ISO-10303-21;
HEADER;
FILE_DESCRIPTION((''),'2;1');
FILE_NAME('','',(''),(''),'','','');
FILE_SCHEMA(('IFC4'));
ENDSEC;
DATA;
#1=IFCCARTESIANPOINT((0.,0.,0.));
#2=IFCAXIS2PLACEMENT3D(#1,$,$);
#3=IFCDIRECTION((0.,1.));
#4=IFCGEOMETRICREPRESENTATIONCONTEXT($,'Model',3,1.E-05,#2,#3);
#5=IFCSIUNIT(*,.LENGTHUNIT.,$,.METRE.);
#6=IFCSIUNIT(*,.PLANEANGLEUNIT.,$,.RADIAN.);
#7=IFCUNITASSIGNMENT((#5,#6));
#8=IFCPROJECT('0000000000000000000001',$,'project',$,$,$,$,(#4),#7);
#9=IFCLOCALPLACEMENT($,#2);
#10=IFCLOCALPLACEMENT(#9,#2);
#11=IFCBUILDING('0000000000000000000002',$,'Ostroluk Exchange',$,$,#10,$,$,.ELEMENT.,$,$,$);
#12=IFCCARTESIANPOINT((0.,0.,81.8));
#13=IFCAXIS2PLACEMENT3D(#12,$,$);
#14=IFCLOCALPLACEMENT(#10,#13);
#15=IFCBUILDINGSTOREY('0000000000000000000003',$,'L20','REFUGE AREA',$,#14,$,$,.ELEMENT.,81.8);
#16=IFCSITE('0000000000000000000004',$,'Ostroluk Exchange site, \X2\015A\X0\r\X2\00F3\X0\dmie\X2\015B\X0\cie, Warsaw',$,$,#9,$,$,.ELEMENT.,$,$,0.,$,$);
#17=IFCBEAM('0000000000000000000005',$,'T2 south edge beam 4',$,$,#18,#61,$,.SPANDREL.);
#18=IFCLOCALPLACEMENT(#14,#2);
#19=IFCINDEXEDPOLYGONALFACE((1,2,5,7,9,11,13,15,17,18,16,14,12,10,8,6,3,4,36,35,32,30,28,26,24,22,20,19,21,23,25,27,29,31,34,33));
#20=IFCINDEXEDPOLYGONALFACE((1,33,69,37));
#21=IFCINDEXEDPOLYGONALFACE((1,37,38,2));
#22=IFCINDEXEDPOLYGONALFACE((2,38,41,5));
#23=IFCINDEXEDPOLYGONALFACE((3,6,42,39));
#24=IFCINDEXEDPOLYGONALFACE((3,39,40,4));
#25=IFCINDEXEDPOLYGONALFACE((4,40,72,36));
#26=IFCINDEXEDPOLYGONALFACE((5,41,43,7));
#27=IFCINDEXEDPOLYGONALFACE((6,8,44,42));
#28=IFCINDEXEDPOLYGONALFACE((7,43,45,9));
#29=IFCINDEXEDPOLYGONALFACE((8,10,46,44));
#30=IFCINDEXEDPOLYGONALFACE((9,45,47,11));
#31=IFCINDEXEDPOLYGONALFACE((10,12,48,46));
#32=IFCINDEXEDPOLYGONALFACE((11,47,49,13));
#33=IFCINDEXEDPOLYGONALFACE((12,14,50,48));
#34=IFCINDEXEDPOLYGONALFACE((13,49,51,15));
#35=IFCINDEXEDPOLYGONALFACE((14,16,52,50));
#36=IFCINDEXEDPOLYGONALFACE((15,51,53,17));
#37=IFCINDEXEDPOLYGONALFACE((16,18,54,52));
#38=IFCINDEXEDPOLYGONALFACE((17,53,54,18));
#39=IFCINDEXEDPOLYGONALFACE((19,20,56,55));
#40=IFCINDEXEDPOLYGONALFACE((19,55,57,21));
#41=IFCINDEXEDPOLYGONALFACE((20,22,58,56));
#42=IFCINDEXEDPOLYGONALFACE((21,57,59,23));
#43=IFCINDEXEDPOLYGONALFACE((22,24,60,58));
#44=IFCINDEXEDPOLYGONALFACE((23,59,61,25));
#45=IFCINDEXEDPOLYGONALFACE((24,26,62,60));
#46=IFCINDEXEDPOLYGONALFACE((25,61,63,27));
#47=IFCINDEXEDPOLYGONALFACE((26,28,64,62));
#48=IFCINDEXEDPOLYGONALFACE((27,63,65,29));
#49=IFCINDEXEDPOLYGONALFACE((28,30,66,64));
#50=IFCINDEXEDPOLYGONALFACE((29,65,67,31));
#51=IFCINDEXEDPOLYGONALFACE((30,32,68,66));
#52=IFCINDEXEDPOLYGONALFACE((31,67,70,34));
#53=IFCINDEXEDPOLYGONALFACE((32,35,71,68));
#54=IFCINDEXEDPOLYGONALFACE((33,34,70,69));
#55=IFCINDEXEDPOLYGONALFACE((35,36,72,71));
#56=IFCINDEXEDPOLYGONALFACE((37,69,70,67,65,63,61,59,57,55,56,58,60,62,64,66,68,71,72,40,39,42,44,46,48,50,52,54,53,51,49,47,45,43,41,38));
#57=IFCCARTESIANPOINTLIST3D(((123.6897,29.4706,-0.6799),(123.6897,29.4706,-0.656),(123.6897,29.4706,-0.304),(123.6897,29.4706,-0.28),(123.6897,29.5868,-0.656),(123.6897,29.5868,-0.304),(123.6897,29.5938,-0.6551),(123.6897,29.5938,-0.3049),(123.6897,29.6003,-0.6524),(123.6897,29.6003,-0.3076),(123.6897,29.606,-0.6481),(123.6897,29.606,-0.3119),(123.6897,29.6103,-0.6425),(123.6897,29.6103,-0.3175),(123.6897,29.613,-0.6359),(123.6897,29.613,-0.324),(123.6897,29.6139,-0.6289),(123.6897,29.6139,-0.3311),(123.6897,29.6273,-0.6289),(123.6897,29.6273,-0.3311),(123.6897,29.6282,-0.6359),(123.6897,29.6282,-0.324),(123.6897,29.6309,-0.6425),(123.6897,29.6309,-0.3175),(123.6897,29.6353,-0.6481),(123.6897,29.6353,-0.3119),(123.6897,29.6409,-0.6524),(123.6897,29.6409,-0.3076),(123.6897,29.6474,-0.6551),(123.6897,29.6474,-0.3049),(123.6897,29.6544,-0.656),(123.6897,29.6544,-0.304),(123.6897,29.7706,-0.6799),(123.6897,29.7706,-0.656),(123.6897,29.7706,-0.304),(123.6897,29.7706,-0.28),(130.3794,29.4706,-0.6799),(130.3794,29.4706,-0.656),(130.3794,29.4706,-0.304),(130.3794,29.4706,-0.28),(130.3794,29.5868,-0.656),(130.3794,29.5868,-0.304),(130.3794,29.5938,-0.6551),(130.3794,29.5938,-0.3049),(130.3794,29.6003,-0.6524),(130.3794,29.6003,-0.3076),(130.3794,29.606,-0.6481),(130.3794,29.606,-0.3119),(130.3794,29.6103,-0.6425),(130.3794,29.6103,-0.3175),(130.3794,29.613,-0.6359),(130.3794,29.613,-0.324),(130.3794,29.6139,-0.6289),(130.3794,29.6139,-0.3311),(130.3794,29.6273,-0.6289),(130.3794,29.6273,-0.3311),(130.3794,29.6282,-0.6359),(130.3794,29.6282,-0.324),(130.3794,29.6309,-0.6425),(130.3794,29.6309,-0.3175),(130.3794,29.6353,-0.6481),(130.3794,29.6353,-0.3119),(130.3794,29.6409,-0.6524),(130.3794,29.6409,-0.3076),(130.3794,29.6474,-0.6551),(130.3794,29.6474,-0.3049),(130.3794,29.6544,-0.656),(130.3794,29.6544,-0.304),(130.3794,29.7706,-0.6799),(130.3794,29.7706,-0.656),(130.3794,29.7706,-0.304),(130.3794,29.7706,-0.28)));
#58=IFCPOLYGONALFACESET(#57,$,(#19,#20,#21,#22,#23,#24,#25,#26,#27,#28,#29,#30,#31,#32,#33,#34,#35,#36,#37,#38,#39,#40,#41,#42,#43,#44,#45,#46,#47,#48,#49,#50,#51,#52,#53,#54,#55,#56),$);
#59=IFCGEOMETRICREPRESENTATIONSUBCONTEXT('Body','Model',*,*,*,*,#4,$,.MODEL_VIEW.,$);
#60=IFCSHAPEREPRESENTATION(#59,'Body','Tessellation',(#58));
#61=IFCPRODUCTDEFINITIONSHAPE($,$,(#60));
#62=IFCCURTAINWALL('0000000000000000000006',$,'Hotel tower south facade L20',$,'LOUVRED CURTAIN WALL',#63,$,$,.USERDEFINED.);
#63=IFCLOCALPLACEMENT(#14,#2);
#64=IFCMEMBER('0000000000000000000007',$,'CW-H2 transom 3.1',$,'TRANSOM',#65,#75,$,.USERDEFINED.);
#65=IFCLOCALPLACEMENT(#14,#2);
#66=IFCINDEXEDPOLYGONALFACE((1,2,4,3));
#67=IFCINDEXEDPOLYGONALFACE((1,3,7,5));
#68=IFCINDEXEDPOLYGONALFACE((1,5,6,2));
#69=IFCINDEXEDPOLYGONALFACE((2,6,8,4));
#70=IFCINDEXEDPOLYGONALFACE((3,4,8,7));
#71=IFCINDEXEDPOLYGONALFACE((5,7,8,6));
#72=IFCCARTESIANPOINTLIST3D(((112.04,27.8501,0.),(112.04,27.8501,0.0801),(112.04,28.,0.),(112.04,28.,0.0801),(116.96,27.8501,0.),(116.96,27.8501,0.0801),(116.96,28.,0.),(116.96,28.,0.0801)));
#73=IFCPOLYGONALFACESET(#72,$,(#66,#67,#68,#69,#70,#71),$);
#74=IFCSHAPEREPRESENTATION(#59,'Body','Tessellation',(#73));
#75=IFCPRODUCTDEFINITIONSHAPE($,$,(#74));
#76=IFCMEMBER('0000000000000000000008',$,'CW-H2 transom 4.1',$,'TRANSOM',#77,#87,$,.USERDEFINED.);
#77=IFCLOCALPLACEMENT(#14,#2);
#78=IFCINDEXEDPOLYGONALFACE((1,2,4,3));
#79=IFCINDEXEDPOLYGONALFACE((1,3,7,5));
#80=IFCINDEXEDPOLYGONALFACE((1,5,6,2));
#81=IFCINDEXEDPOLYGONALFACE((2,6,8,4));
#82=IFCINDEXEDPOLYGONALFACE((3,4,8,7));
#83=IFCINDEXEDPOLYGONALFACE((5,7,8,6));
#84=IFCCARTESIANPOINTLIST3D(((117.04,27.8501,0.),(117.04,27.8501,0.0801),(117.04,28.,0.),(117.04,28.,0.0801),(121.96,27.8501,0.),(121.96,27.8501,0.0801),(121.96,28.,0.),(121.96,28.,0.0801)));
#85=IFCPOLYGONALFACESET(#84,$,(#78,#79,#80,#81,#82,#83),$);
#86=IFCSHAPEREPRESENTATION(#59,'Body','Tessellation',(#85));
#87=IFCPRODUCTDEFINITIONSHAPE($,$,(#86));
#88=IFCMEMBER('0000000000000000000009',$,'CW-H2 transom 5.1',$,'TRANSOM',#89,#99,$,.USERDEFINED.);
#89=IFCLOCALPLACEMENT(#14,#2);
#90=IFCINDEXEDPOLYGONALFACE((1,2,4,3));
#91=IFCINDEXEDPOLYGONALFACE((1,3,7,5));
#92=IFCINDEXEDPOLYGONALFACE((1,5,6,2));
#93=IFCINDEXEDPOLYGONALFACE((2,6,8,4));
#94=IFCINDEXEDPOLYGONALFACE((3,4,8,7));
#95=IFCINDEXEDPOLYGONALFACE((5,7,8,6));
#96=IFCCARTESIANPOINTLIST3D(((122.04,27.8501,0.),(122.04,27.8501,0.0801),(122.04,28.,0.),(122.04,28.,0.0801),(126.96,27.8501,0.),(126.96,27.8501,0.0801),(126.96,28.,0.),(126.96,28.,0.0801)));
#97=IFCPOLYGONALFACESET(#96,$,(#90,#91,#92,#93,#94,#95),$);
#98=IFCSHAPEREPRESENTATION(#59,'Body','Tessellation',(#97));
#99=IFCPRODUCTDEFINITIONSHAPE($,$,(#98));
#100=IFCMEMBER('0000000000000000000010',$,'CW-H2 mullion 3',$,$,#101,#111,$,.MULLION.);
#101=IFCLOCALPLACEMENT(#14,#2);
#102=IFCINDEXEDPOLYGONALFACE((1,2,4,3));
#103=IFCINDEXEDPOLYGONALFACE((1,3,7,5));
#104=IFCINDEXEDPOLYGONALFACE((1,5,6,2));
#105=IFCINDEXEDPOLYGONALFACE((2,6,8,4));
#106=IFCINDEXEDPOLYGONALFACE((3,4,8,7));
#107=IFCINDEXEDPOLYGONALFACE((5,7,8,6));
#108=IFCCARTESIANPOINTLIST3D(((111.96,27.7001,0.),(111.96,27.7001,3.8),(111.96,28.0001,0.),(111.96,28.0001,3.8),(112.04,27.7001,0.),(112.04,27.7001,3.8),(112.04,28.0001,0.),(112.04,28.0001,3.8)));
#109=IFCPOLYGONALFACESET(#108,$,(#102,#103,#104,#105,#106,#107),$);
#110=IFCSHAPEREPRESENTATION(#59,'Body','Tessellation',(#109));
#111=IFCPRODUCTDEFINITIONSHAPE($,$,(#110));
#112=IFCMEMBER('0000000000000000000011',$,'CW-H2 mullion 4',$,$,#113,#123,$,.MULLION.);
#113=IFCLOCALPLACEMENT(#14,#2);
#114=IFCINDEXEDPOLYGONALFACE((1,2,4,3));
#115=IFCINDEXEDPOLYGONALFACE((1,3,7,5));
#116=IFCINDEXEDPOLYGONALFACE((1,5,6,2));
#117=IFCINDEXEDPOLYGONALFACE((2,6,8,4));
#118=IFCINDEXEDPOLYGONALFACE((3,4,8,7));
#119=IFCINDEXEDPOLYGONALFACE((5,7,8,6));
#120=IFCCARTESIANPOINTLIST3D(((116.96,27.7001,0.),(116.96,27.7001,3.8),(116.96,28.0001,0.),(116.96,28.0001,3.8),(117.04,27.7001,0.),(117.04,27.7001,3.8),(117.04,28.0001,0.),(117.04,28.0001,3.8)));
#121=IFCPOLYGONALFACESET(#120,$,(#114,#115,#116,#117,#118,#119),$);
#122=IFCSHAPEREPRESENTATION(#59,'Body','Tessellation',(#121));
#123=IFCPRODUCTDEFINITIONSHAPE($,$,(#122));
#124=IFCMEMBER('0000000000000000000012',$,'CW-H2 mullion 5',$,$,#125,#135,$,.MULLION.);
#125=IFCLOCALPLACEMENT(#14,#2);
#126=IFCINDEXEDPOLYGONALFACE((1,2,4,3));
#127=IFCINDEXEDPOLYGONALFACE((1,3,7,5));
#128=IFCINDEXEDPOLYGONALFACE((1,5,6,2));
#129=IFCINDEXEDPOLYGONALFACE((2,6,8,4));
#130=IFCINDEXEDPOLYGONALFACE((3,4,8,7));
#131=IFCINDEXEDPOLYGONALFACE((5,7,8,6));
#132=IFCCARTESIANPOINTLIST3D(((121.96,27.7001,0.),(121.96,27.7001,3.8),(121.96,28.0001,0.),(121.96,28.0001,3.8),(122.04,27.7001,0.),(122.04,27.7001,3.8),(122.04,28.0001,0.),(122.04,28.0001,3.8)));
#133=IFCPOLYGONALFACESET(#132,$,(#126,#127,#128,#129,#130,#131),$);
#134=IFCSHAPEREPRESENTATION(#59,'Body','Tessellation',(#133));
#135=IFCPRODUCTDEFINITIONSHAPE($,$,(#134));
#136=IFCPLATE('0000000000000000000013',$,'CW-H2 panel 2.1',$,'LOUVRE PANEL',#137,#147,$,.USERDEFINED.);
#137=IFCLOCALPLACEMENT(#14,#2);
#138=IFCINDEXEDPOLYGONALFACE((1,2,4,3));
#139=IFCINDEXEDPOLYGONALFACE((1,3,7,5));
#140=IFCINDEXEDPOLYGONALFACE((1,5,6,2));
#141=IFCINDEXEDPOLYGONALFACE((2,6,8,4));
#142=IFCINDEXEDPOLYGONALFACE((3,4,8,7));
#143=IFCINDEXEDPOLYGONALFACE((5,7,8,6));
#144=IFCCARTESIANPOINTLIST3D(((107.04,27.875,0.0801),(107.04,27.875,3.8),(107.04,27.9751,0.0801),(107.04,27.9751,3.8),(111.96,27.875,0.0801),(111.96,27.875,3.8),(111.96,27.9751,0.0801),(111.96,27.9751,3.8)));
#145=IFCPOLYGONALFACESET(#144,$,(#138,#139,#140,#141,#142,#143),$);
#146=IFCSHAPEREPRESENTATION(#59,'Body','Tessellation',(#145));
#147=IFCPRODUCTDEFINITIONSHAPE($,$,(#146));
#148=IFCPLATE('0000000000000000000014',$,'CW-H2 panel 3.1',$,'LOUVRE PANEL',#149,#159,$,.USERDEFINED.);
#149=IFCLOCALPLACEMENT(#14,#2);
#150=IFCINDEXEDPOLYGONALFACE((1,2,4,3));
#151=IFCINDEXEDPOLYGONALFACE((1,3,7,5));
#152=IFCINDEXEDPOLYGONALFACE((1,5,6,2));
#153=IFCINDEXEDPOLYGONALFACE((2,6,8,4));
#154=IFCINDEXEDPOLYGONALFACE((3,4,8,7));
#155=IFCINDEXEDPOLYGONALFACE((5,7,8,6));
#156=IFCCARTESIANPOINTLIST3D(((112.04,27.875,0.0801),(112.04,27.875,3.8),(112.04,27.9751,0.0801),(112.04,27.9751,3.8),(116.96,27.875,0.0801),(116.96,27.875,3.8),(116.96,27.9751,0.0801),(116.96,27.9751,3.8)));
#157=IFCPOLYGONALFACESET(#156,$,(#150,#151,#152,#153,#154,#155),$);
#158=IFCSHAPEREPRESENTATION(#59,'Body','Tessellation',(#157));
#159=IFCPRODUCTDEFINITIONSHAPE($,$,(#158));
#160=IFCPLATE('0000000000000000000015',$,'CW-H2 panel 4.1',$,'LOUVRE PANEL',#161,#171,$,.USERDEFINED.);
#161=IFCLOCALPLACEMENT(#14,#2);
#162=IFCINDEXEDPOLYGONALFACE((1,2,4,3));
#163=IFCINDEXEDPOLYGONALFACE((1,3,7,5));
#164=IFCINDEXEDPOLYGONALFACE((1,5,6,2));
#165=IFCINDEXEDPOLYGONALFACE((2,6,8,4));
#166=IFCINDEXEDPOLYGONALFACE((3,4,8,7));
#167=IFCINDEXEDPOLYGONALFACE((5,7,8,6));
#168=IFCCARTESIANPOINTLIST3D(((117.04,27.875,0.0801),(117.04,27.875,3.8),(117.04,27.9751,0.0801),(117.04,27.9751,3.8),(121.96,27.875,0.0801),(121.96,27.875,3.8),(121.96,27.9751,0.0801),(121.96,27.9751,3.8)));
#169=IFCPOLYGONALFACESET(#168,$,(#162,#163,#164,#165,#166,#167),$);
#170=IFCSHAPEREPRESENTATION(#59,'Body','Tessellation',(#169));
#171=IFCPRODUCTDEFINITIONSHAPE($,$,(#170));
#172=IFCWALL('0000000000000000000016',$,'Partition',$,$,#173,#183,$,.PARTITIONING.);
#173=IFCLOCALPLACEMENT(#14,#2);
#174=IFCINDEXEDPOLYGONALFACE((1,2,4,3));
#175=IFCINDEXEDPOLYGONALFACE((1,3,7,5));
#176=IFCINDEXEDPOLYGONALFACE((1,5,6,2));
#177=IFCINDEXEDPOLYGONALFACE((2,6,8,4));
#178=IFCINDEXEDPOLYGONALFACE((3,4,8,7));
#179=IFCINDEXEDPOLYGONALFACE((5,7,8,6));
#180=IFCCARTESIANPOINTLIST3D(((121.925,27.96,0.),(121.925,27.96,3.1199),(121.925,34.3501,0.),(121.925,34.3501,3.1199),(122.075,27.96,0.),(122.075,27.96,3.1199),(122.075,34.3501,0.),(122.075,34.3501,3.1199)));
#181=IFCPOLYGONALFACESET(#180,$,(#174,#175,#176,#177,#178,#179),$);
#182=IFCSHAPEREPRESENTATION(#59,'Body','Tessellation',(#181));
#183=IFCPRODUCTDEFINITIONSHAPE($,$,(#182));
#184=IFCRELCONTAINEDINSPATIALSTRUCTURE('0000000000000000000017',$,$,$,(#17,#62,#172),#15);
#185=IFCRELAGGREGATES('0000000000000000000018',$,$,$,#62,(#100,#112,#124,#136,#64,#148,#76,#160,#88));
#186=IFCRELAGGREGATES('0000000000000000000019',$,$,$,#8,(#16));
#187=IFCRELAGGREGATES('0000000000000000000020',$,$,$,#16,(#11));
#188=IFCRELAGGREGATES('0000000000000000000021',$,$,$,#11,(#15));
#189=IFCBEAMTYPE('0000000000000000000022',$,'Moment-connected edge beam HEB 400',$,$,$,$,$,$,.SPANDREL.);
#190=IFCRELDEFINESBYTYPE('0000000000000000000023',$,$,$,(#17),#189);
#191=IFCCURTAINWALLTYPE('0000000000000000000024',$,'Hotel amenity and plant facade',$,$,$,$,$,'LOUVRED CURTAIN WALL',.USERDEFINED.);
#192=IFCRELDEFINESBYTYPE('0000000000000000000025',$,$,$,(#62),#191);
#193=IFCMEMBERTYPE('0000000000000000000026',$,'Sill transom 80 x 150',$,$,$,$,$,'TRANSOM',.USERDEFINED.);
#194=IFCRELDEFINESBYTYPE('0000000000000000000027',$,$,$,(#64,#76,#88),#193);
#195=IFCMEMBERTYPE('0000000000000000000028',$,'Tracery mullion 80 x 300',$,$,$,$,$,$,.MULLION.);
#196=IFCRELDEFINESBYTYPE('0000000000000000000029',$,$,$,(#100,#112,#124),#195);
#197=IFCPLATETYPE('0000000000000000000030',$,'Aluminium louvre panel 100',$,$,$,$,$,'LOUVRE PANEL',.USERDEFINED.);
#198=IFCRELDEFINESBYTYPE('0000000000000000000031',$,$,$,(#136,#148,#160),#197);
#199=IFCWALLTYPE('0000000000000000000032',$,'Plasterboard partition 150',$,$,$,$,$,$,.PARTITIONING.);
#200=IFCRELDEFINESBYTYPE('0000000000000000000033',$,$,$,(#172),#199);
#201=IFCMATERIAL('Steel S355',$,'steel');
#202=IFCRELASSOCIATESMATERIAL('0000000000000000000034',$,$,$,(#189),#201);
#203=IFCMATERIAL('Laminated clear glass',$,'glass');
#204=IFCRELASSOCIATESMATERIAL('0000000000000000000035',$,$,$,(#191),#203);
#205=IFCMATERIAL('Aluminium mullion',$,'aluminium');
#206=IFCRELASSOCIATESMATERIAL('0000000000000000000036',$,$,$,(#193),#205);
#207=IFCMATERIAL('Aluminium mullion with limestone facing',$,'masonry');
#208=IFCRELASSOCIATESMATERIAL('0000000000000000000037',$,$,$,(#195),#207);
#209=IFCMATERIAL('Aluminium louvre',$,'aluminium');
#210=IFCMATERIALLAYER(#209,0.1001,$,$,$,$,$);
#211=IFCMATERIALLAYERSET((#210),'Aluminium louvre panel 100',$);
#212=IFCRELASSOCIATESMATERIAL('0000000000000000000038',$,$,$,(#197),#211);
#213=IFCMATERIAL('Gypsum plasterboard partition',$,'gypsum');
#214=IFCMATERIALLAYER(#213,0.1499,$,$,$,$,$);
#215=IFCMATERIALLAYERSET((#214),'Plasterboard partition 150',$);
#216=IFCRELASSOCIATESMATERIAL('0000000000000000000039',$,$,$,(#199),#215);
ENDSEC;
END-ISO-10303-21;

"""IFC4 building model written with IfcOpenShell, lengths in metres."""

from ifc_helpers import new_model, si_unit, direction, frame, frame_2d, origin, origin_2d, place, context, subcontext, project, spatial, rectangle, i_section, extrude, material, layer, layer_set, material_profile, profile_set, type_object, element, aggregate, save


model = new_model("IFC4")

# Units and contexts
model_context = context("Model", 3, precision=1e-05, world=origin(), true_north=direction((0.0, 1.0)))
body_context = subcontext(model_context, "Body", "Model", "MODEL_VIEW")
ifc_project = project(units=[si_unit("LENGTHUNIT", "METRE"), si_unit("PLANEANGLEUNIT", "RADIAN")], contexts=[model_context])

# Site, building, storey
site_placement = place(None, origin())
site = spatial("IfcSite", under=ifc_project, at=site_placement, Name="Ostroluk Exchange site, Śródmieście, Warsaw", CompositionType="ELEMENT", RefElevation=0.0)
building_placement = place(site_placement, origin())
building = spatial("IfcBuilding", under=site, at=building_placement, Name="Ostroluk Exchange", CompositionType="ELEMENT")
storey_placement = place(building_placement, frame((0.0, 0.0, 81.8)))
storey = spatial("IfcBuildingStorey", under=building, at=storey_placement, Name="L20", Description="REFUGE AREA", CompositionType="ELEMENT", Elevation=81.8)

# Beam
ifc_material_1 = material(Name="Steel S355", Category="steel")
ifc_material_profile_1 = material_profile(ifc_material_1, i_section(OverallWidth=0.3, OverallDepth=0.3999, WebThickness=0.0134, FlangeThickness=0.0239, FilletRadius=0.0271, at=origin_2d()), Name="HEB 400")
ifc_profile_set_1 = profile_set([ifc_material_profile_1], Name="Steel S355")
beam_type_1 = type_object("IfcBeamType", Name="Moment-connected edge beam HEB 400", PredefinedType="SPANDREL", material=ifc_profile_set_1)
for number, where, z_axis, x_axis, name in (
    (1, (123.6897, 29.6206, -0.48), (1.0, 0.0, 0.0), (0.0, 1.0, 0.0), "T2 south edge beam 4"),
):
    element("IfcBeam", number, at=place(storey_placement, frame(where, z_axis=z_axis, x_axis=x_axis)), inside=storey, type_object=beam_type_1, Name=name, PredefinedType="SPANDREL", context=body_context, shape_type="SweptSolid", body=[
        extrude(i_section(OverallWidth=0.3, OverallDepth=0.3999, WebThickness=0.0134, FlangeThickness=0.0239, FilletRadius=0.0271, at=origin_2d()), origin(), (0.0, 0.0, 1.0), 6.6897),
    ])

# Curtain wall, members, plates
ifc_material_2 = material(Name="Laminated clear glass", Category="glass")
curtain_wall_type = type_object("IfcCurtainWallType", Name="Hotel amenity and plant facade", ElementType="LOUVRED CURTAIN WALL", PredefinedType="USERDEFINED", material=ifc_material_2)
curtain_wall_placement = place(storey_placement, origin())
curtain_wall = element("IfcCurtainWall", 2, at=curtain_wall_placement, inside=storey, type_object=curtain_wall_type, Name="Hotel tower south facade L20", ObjectType="LOUVRED CURTAIN WALL", PredefinedType="USERDEFINED")
ifc_material_3 = material(Name="Aluminium mullion", Category="aluminium")
ifc_material_profile_2 = material_profile(ifc_material_3, rectangle(XDim=0.1499, YDim=0.0801, at=origin_2d()), Name="Sill transom 80 x 150")
ifc_profile_set_2 = profile_set([ifc_material_profile_2], Name="Aluminium mullion")
member_type_1 = type_object("IfcMemberType", Name="Sill transom 80 x 150", ElementType="TRANSOM", PredefinedType="USERDEFINED", material=ifc_profile_set_2)
member_1_placement = place(storey_placement, frame((112.04, 27.925, 0.04), z_axis=(1.0, 0.0, 0.0), x_axis=(0.0, 1.0, 0.0)))
member_1 = element("IfcMember", 3, at=member_1_placement, type_object=member_type_1, Name="CW-H2 transom 3.1", ObjectType="TRANSOM", PredefinedType="USERDEFINED", context=body_context, shape_type="SweptSolid", body=[
    extrude(rectangle(XDim=0.1499, YDim=0.0801, at=origin_2d()), origin(), (0.0, 0.0, 1.0), 4.9199),
])
member_2_placement = place(storey_placement, frame((117.04, 27.925, 0.04), z_axis=(1.0, 0.0, 0.0), x_axis=(0.0, 1.0, 0.0)))
member_2 = element("IfcMember", 4, at=member_2_placement, type_object=member_type_1, Name="CW-H2 transom 4.1", ObjectType="TRANSOM", PredefinedType="USERDEFINED", context=body_context, shape_type="SweptSolid", body=[
    extrude(rectangle(XDim=0.1499, YDim=0.0801, at=origin_2d()), origin(), (0.0, 0.0, 1.0), 4.9199),
])
member_3_placement = place(storey_placement, frame((122.04, 27.925, 0.04), z_axis=(1.0, 0.0, 0.0), x_axis=(0.0, 1.0, 0.0)))
member_3 = element("IfcMember", 5, at=member_3_placement, type_object=member_type_1, Name="CW-H2 transom 5.1", ObjectType="TRANSOM", PredefinedType="USERDEFINED", context=body_context, shape_type="SweptSolid", body=[
    extrude(rectangle(XDim=0.1499, YDim=0.0801, at=origin_2d()), origin(), (0.0, 0.0, 1.0), 4.9199),
])
ifc_material_4 = material(Name="Aluminium mullion with limestone facing", Category="masonry")
ifc_material_profile_3 = material_profile(ifc_material_4, rectangle(XDim=0.3, YDim=0.0801, at=origin_2d()), Name="Tracery mullion 80 x 300")
ifc_profile_set_3 = profile_set([ifc_material_profile_3], Name="Aluminium mullion with limestone facing")
member_type_2 = type_object("IfcMemberType", Name="Tracery mullion 80 x 300", PredefinedType="MULLION", material=ifc_profile_set_3)
member_4_placement = place(storey_placement, frame((112.0, 27.8501, 0.0), z_axis=(0.0, 0.0, 1.0), x_axis=(0.0, 1.0, 0.0)))
member_4 = element("IfcMember", 6, at=member_4_placement, type_object=member_type_2, Name="CW-H2 mullion 3", PredefinedType="MULLION", context=body_context, shape_type="SweptSolid", body=[
    extrude(rectangle(XDim=0.3, YDim=0.0801, at=origin_2d()), origin(), (0.0, 0.0, 1.0), 3.8),
])
member_5_placement = place(storey_placement, frame((117.0, 27.8501, 0.0), z_axis=(0.0, 0.0, 1.0), x_axis=(0.0, 1.0, 0.0)))
member_5 = element("IfcMember", 7, at=member_5_placement, type_object=member_type_2, Name="CW-H2 mullion 4", PredefinedType="MULLION", context=body_context, shape_type="SweptSolid", body=[
    extrude(rectangle(XDim=0.3, YDim=0.0801, at=origin_2d()), origin(), (0.0, 0.0, 1.0), 3.8),
])
member_6_placement = place(storey_placement, frame((122.0, 27.8501, 0.0), z_axis=(0.0, 0.0, 1.0), x_axis=(0.0, 1.0, 0.0)))
member_6 = element("IfcMember", 8, at=member_6_placement, type_object=member_type_2, Name="CW-H2 mullion 5", PredefinedType="MULLION", context=body_context, shape_type="SweptSolid", body=[
    extrude(rectangle(XDim=0.3, YDim=0.0801, at=origin_2d()), origin(), (0.0, 0.0, 1.0), 3.8),
])
ifc_material_5 = material(Name="Aluminium louvre", Category="aluminium")
ifc_layer_1 = layer(ifc_material_5, 0.1001)
ifc_layer_set_1 = layer_set([ifc_layer_1], Name="Aluminium louvre panel 100")
plate_type = type_object("IfcPlateType", Name="Aluminium louvre panel 100", ElementType="LOUVRE PANEL", PredefinedType="USERDEFINED", material=ifc_layer_set_1)
plate_1_placement = place(storey_placement, frame((109.5, 27.925, 0.0801), z_axis=(0.0, 0.0, 1.0), x_axis=(1.0, 0.0, 0.0)))
plate_1 = element("IfcPlate", 9, at=plate_1_placement, type_object=plate_type, Name="CW-H2 panel 2.1", ObjectType="LOUVRE PANEL", PredefinedType="USERDEFINED", context=body_context, shape_type="SweptSolid", body=[
    extrude(rectangle(XDim=4.9199, YDim=0.1001, at=origin_2d()), origin(), (0.0, 0.0, 1.0), 3.72),
])
plate_2_placement = place(storey_placement, frame((114.5, 27.925, 0.0801), z_axis=(0.0, 0.0, 1.0), x_axis=(1.0, 0.0, 0.0)))
plate_2 = element("IfcPlate", 10, at=plate_2_placement, type_object=plate_type, Name="CW-H2 panel 3.1", ObjectType="LOUVRE PANEL", PredefinedType="USERDEFINED", context=body_context, shape_type="SweptSolid", body=[
    extrude(rectangle(XDim=4.9199, YDim=0.1001, at=origin_2d()), origin(), (0.0, 0.0, 1.0), 3.72),
])
plate_3_placement = place(storey_placement, frame((119.5, 27.925, 0.0801), z_axis=(0.0, 0.0, 1.0), x_axis=(1.0, 0.0, 0.0)))
plate_3 = element("IfcPlate", 11, at=plate_3_placement, type_object=plate_type, Name="CW-H2 panel 4.1", ObjectType="LOUVRE PANEL", PredefinedType="USERDEFINED", context=body_context, shape_type="SweptSolid", body=[
    extrude(rectangle(XDim=4.9199, YDim=0.1001, at=origin_2d()), origin(), (0.0, 0.0, 1.0), 3.72),
])
aggregate(curtain_wall, [member_4, member_5, member_6, plate_1, member_1, plate_2, member_2, plate_3, member_3])

# Wall
ifc_material_6 = material(Name="Gypsum plasterboard partition", Category="gypsum")
ifc_layer_2 = layer(ifc_material_6, 0.1499)
ifc_layer_set_2 = layer_set([ifc_layer_2], Name="Plasterboard partition 150")
wall_type = type_object("IfcWallType", Name="Plasterboard partition 150", PredefinedType="PARTITIONING", material=ifc_layer_set_2)
wall_placement = place(storey_placement, frame((122.0, 34.3501, 0.0), z_axis=(0.0, 0.0, 1.0), x_axis=(0.0, -1.0, 0.0)))
element("IfcWall", 12, at=wall_placement, inside=storey, type_object=wall_type, Name="Partition", PredefinedType="PARTITIONING", context=body_context, shape_type="SweptSolid", body=[
    extrude(rectangle(XDim=6.3901, YDim=0.1499, at=frame_2d((3.1951, 0.0))), origin(), (0.0, 0.0, 1.0), 3.1199),
])

save(model, "model.ifc")
